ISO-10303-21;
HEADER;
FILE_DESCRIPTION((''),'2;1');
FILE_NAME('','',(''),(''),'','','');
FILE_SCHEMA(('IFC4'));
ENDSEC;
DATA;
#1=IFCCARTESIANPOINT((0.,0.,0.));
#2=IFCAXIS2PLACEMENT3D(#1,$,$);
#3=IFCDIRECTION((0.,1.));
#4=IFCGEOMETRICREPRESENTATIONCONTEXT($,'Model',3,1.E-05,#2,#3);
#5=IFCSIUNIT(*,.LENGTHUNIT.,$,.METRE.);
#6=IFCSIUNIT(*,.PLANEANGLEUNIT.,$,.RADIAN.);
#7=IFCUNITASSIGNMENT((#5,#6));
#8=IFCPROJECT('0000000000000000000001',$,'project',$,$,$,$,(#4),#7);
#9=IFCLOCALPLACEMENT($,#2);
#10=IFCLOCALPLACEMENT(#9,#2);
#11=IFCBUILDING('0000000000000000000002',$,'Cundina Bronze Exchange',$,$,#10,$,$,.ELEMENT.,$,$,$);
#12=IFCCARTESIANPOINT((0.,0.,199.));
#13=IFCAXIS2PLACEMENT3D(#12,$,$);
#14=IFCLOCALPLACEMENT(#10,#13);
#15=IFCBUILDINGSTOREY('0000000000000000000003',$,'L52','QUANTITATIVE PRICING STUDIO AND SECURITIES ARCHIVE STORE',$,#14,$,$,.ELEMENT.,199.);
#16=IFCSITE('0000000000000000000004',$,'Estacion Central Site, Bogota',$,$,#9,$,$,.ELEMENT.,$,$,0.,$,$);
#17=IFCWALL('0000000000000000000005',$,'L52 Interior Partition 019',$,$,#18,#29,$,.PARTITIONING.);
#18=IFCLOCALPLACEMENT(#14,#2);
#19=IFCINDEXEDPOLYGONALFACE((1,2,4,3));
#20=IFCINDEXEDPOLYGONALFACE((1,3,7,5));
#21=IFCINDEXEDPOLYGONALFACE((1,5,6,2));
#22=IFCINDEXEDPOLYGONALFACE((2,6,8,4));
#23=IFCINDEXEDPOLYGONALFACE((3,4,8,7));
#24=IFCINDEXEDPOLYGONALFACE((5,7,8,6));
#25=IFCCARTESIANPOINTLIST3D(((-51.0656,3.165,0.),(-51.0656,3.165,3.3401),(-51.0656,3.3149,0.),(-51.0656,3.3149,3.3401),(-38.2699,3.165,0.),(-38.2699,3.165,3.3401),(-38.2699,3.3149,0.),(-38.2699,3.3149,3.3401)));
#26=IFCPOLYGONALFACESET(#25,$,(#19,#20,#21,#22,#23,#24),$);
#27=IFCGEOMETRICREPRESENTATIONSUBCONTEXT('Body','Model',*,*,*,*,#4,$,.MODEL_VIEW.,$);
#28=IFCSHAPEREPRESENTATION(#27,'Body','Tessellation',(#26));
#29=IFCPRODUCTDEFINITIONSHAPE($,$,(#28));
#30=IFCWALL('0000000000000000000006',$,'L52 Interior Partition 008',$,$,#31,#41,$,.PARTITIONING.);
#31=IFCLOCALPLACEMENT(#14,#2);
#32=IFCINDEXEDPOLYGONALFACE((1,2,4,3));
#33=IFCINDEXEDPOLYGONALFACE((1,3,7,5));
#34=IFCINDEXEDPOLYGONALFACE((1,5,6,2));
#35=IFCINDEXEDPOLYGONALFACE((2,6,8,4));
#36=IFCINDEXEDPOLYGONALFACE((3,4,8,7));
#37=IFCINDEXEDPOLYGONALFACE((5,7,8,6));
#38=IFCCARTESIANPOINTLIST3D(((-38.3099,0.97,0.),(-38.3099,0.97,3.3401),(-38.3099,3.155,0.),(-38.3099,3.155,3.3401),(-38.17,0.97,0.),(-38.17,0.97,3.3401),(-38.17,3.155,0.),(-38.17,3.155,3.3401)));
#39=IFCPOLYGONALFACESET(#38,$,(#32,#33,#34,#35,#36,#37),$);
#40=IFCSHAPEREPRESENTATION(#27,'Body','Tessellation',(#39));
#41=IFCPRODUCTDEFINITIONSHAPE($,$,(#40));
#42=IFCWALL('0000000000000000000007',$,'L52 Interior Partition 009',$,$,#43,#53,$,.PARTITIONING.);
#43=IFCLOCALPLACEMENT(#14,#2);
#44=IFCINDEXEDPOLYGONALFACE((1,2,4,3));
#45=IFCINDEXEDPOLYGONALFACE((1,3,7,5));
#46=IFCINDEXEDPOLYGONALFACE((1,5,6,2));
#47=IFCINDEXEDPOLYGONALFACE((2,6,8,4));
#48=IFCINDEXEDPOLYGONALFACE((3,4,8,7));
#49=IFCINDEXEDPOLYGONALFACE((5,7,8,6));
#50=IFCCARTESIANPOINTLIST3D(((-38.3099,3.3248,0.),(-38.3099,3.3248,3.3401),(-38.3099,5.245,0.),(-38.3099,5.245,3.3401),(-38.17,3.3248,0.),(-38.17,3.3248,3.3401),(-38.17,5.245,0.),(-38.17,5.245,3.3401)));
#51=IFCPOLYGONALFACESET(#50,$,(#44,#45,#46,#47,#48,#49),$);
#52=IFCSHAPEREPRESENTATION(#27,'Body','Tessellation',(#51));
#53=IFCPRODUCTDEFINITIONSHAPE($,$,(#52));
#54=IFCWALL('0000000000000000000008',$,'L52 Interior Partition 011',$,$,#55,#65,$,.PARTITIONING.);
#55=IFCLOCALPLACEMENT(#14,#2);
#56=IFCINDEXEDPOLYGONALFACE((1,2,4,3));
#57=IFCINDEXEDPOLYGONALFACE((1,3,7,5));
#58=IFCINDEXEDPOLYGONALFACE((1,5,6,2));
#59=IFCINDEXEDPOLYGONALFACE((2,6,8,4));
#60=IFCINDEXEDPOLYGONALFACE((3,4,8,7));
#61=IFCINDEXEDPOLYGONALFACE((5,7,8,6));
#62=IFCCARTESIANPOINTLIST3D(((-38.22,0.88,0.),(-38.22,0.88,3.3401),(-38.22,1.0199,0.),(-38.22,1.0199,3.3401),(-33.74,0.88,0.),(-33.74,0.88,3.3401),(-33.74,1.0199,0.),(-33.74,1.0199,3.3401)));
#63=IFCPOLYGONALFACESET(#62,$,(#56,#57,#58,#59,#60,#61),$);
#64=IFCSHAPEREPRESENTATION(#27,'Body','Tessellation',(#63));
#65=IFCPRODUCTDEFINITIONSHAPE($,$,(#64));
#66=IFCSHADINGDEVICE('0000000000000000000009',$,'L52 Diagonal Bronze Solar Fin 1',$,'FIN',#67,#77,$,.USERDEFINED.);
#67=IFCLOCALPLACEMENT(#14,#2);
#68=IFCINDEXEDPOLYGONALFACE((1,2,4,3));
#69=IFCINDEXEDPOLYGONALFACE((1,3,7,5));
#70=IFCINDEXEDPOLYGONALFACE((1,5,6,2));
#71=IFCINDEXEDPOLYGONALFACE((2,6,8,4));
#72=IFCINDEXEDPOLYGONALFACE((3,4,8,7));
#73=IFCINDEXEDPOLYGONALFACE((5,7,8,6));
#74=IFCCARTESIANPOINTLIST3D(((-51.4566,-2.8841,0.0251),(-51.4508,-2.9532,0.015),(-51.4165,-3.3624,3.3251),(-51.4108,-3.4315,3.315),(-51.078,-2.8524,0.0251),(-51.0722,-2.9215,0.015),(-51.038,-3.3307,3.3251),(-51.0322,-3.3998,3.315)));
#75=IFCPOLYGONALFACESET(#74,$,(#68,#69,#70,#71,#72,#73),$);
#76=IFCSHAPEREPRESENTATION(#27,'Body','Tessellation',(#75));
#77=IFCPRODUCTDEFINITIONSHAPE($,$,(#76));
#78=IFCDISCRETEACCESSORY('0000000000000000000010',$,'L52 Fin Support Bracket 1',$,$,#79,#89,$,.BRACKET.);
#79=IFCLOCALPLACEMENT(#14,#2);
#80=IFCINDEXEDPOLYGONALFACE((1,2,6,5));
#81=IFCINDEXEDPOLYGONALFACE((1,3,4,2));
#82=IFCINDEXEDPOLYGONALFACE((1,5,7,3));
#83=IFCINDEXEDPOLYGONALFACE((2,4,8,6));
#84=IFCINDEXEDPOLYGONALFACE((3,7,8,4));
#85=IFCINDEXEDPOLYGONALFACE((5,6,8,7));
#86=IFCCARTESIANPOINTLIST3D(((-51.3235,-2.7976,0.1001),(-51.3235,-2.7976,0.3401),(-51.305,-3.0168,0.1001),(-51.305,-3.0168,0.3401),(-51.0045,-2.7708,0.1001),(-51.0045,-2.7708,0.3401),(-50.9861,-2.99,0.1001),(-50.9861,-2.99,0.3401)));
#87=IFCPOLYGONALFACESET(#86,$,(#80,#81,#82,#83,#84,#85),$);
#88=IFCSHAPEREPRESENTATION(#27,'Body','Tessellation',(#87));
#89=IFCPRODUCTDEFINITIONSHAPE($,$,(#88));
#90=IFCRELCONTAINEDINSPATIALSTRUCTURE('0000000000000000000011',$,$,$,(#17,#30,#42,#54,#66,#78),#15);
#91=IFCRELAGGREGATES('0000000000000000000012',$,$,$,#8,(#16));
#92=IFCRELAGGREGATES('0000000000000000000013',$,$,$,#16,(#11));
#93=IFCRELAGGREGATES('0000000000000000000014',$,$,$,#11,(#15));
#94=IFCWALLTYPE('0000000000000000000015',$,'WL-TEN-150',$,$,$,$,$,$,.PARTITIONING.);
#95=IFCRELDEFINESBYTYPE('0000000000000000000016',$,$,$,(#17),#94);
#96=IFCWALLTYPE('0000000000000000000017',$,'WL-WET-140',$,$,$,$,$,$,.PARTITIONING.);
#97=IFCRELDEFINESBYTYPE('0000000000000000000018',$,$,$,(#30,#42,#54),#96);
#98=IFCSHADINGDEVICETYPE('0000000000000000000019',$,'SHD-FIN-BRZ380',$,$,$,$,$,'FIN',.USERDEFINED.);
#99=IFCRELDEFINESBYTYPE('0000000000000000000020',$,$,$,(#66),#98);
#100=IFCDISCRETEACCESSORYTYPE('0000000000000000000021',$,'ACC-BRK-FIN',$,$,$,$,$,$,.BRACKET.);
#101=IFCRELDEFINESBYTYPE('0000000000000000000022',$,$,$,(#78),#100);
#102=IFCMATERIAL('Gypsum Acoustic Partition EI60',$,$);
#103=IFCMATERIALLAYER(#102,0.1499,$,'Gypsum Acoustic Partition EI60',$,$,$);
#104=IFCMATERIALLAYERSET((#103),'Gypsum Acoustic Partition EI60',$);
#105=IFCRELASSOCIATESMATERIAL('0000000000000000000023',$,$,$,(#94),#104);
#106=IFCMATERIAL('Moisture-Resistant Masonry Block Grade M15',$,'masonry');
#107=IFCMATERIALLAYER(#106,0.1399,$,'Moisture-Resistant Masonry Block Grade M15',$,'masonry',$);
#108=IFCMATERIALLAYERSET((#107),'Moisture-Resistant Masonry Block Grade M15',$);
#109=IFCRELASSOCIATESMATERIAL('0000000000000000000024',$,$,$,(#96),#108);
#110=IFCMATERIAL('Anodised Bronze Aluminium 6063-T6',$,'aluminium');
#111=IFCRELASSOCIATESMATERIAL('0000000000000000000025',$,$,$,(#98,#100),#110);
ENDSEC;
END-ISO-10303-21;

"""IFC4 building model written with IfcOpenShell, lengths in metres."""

from ifc_helpers import new_model, si_unit, direction, frame, frame_2d, origin, origin_2d, place, context, subcontext, project, spatial, rectangle, extrude, material, layer, layer_set, material_profile, profile_set, type_object, element, save


model = new_model("IFC4")

# Units and contexts
model_context = context("Model", 3, precision=1e-05, world=origin(), true_north=direction((0.0, 1.0)))
body_context = subcontext(model_context, "Body", "Model", "MODEL_VIEW")
ifc_project = project(units=[si_unit("LENGTHUNIT", "METRE"), si_unit("PLANEANGLEUNIT", "RADIAN")], contexts=[model_context])

# Site, building, storey
site_placement = place(None, origin())
site = spatial("IfcSite", under=ifc_project, at=site_placement, Name="Estacion Central Site, Bogota", CompositionType="ELEMENT", RefElevation=0.0)
building_placement = place(site_placement, origin())
building = spatial("IfcBuilding", under=site, at=building_placement, Name="Cundina Bronze Exchange", CompositionType="ELEMENT")
storey_placement = place(building_placement, frame((0.0, 0.0, 199.0)))
storey = spatial("IfcBuildingStorey", under=building, at=storey_placement, Name="L52", Description="QUANTITATIVE PRICING STUDIO AND SECURITIES ARCHIVE STORE", CompositionType="ELEMENT", Elevation=199.0)

# Shared definitions
ifc_material_1 = material(Name="Anodised Bronze Aluminium 6063-T6", Category="aluminium")

# Walls
ifc_material_2 = material(Name="Gypsum Acoustic Partition EI60")
ifc_layer_1 = layer(ifc_material_2, 0.1499, Name="Gypsum Acoustic Partition EI60")
ifc_layer_set_1 = layer_set([ifc_layer_1], Name="Gypsum Acoustic Partition EI60")
wall_type_1 = type_object("IfcWallType", Name="WL-TEN-150", PredefinedType="PARTITIONING", material=ifc_layer_set_1)
wall_1_placement = place(storey_placement, frame((-51.0657, 3.24, 0.0), z_axis=(0.0, 0.0, 1.0), x_axis=(1.0, 0.0, 0.0)))
element("IfcWall", 1, at=wall_1_placement, inside=storey, type_object=wall_type_1, Name="L52 Interior Partition 019", PredefinedType="PARTITIONING", context=body_context, shape_type="SweptSolid", body=[
    extrude(rectangle(XDim=12.7957, YDim=0.1499, at=frame_2d((6.3979, 0.0))), origin(), (0.0, 0.0, 1.0), 3.3401),
])
ifc_material_3 = material(Name="Moisture-Resistant Masonry Block Grade M15", Category="masonry")
ifc_layer_2 = layer(ifc_material_3, 0.1399, Name="Moisture-Resistant Masonry Block Grade M15", Category="masonry")
ifc_layer_set_2 = layer_set([ifc_layer_2], Name="Moisture-Resistant Masonry Block Grade M15")
wall_type_2 = type_object("IfcWallType", Name="WL-WET-140", PredefinedType="PARTITIONING", material=ifc_layer_set_2)
wall_2_placement = place(storey_placement, frame((-38.24, 0.97, 0.0), z_axis=(0.0, 0.0, 1.0), x_axis=(0.0, 1.0, 0.0)))
element("IfcWall", 2, at=wall_2_placement, inside=storey, type_object=wall_type_2, Name="L52 Interior Partition 008", PredefinedType="PARTITIONING", context=body_context, shape_type="SweptSolid", body=[
    extrude(rectangle(XDim=2.1851, YDim=0.1399, at=frame_2d((1.0925, 0.0))), origin(), (0.0, 0.0, 1.0), 3.3401),
])
wall_3_placement = place(storey_placement, frame((-38.24, 3.325, 0.0), z_axis=(0.0, 0.0, 1.0), x_axis=(0.0, 1.0, 0.0)))
element("IfcWall", 3, at=wall_3_placement, inside=storey, type_object=wall_type_2, Name="L52 Interior Partition 009", PredefinedType="PARTITIONING", context=body_context, shape_type="SweptSolid", body=[
    extrude(rectangle(XDim=1.9202, YDim=0.1399, at=frame_2d((0.96, 0.0))), origin(), (0.0, 0.0, 1.0), 3.3401),
])
wall_4_placement = place(storey_placement, frame((-38.22, 0.95, 0.0), z_axis=(0.0, 0.0, 1.0), x_axis=(1.0, 0.0, 0.0)))
element("IfcWall", 4, at=wall_4_placement, inside=storey, type_object=wall_type_2, Name="L52 Interior Partition 011", PredefinedType="PARTITIONING", context=body_context, shape_type="SweptSolid", body=[
    extrude(rectangle(XDim=4.48, YDim=0.1399, at=frame_2d((2.24, 0.0))), origin(), (0.0, 0.0, 1.0), 3.3401),
])

# Shading device
ifc_material_profile_1 = material_profile(ifc_material_1, rectangle(XDim=0.0701, YDim=0.3799, at=origin_2d()), Name="FIN70X380", Category="aluminium")
ifc_profile_set_1 = profile_set([ifc_material_profile_1], Name="Anodised Bronze Aluminium 6063-T6")
shading_device_type = type_object("IfcShadingDeviceType", Name="SHD-FIN-BRZ380", ElementType="FIN", PredefinedType="USERDEFINED", material=ifc_profile_set_1)
shading_device_placement = place(storey_placement, frame((-51.2644, -2.9028, 0.02), z_axis=(0.012007, -0.14342, 0.989589), x_axis=(-0.082556, 0.98614, 0.143921)))
element("IfcShadingDevice", 5, at=shading_device_placement, inside=storey, type_object=shading_device_type, Name="L52 Diagonal Bronze Solar Fin 1", ObjectType="FIN", PredefinedType="USERDEFINED", context=body_context, shape_type="SweptSolid", body=[
    extrude(rectangle(XDim=0.0701, YDim=0.3799, at=origin_2d()), origin(), (0.0, 0.0, 1.0), 3.3347),
])

# Discrete accessory
discrete_accessory_type = type_object("IfcDiscreteAccessoryType", Name="ACC-BRK-FIN", PredefinedType="BRACKET", material=ifc_material_1)
discrete_accessory_placement = place(storey_placement, frame((-51.1548, -2.8938, 0.1001), z_axis=(0.0, 0.0, 1.0), x_axis=(0.083747, -0.996487, 0.0)))
element("IfcDiscreteAccessory", 6, at=discrete_accessory_placement, inside=storey, type_object=discrete_accessory_type, Name="L52 Fin Support Bracket 1", PredefinedType="BRACKET", context=body_context, shape_type="SweptSolid", body=[
    extrude(rectangle(XDim=0.22, YDim=0.3201, at=origin_2d()), origin(), (0.0, 0.0, 1.0), 0.24),
])

save(model, "model.ifc")
